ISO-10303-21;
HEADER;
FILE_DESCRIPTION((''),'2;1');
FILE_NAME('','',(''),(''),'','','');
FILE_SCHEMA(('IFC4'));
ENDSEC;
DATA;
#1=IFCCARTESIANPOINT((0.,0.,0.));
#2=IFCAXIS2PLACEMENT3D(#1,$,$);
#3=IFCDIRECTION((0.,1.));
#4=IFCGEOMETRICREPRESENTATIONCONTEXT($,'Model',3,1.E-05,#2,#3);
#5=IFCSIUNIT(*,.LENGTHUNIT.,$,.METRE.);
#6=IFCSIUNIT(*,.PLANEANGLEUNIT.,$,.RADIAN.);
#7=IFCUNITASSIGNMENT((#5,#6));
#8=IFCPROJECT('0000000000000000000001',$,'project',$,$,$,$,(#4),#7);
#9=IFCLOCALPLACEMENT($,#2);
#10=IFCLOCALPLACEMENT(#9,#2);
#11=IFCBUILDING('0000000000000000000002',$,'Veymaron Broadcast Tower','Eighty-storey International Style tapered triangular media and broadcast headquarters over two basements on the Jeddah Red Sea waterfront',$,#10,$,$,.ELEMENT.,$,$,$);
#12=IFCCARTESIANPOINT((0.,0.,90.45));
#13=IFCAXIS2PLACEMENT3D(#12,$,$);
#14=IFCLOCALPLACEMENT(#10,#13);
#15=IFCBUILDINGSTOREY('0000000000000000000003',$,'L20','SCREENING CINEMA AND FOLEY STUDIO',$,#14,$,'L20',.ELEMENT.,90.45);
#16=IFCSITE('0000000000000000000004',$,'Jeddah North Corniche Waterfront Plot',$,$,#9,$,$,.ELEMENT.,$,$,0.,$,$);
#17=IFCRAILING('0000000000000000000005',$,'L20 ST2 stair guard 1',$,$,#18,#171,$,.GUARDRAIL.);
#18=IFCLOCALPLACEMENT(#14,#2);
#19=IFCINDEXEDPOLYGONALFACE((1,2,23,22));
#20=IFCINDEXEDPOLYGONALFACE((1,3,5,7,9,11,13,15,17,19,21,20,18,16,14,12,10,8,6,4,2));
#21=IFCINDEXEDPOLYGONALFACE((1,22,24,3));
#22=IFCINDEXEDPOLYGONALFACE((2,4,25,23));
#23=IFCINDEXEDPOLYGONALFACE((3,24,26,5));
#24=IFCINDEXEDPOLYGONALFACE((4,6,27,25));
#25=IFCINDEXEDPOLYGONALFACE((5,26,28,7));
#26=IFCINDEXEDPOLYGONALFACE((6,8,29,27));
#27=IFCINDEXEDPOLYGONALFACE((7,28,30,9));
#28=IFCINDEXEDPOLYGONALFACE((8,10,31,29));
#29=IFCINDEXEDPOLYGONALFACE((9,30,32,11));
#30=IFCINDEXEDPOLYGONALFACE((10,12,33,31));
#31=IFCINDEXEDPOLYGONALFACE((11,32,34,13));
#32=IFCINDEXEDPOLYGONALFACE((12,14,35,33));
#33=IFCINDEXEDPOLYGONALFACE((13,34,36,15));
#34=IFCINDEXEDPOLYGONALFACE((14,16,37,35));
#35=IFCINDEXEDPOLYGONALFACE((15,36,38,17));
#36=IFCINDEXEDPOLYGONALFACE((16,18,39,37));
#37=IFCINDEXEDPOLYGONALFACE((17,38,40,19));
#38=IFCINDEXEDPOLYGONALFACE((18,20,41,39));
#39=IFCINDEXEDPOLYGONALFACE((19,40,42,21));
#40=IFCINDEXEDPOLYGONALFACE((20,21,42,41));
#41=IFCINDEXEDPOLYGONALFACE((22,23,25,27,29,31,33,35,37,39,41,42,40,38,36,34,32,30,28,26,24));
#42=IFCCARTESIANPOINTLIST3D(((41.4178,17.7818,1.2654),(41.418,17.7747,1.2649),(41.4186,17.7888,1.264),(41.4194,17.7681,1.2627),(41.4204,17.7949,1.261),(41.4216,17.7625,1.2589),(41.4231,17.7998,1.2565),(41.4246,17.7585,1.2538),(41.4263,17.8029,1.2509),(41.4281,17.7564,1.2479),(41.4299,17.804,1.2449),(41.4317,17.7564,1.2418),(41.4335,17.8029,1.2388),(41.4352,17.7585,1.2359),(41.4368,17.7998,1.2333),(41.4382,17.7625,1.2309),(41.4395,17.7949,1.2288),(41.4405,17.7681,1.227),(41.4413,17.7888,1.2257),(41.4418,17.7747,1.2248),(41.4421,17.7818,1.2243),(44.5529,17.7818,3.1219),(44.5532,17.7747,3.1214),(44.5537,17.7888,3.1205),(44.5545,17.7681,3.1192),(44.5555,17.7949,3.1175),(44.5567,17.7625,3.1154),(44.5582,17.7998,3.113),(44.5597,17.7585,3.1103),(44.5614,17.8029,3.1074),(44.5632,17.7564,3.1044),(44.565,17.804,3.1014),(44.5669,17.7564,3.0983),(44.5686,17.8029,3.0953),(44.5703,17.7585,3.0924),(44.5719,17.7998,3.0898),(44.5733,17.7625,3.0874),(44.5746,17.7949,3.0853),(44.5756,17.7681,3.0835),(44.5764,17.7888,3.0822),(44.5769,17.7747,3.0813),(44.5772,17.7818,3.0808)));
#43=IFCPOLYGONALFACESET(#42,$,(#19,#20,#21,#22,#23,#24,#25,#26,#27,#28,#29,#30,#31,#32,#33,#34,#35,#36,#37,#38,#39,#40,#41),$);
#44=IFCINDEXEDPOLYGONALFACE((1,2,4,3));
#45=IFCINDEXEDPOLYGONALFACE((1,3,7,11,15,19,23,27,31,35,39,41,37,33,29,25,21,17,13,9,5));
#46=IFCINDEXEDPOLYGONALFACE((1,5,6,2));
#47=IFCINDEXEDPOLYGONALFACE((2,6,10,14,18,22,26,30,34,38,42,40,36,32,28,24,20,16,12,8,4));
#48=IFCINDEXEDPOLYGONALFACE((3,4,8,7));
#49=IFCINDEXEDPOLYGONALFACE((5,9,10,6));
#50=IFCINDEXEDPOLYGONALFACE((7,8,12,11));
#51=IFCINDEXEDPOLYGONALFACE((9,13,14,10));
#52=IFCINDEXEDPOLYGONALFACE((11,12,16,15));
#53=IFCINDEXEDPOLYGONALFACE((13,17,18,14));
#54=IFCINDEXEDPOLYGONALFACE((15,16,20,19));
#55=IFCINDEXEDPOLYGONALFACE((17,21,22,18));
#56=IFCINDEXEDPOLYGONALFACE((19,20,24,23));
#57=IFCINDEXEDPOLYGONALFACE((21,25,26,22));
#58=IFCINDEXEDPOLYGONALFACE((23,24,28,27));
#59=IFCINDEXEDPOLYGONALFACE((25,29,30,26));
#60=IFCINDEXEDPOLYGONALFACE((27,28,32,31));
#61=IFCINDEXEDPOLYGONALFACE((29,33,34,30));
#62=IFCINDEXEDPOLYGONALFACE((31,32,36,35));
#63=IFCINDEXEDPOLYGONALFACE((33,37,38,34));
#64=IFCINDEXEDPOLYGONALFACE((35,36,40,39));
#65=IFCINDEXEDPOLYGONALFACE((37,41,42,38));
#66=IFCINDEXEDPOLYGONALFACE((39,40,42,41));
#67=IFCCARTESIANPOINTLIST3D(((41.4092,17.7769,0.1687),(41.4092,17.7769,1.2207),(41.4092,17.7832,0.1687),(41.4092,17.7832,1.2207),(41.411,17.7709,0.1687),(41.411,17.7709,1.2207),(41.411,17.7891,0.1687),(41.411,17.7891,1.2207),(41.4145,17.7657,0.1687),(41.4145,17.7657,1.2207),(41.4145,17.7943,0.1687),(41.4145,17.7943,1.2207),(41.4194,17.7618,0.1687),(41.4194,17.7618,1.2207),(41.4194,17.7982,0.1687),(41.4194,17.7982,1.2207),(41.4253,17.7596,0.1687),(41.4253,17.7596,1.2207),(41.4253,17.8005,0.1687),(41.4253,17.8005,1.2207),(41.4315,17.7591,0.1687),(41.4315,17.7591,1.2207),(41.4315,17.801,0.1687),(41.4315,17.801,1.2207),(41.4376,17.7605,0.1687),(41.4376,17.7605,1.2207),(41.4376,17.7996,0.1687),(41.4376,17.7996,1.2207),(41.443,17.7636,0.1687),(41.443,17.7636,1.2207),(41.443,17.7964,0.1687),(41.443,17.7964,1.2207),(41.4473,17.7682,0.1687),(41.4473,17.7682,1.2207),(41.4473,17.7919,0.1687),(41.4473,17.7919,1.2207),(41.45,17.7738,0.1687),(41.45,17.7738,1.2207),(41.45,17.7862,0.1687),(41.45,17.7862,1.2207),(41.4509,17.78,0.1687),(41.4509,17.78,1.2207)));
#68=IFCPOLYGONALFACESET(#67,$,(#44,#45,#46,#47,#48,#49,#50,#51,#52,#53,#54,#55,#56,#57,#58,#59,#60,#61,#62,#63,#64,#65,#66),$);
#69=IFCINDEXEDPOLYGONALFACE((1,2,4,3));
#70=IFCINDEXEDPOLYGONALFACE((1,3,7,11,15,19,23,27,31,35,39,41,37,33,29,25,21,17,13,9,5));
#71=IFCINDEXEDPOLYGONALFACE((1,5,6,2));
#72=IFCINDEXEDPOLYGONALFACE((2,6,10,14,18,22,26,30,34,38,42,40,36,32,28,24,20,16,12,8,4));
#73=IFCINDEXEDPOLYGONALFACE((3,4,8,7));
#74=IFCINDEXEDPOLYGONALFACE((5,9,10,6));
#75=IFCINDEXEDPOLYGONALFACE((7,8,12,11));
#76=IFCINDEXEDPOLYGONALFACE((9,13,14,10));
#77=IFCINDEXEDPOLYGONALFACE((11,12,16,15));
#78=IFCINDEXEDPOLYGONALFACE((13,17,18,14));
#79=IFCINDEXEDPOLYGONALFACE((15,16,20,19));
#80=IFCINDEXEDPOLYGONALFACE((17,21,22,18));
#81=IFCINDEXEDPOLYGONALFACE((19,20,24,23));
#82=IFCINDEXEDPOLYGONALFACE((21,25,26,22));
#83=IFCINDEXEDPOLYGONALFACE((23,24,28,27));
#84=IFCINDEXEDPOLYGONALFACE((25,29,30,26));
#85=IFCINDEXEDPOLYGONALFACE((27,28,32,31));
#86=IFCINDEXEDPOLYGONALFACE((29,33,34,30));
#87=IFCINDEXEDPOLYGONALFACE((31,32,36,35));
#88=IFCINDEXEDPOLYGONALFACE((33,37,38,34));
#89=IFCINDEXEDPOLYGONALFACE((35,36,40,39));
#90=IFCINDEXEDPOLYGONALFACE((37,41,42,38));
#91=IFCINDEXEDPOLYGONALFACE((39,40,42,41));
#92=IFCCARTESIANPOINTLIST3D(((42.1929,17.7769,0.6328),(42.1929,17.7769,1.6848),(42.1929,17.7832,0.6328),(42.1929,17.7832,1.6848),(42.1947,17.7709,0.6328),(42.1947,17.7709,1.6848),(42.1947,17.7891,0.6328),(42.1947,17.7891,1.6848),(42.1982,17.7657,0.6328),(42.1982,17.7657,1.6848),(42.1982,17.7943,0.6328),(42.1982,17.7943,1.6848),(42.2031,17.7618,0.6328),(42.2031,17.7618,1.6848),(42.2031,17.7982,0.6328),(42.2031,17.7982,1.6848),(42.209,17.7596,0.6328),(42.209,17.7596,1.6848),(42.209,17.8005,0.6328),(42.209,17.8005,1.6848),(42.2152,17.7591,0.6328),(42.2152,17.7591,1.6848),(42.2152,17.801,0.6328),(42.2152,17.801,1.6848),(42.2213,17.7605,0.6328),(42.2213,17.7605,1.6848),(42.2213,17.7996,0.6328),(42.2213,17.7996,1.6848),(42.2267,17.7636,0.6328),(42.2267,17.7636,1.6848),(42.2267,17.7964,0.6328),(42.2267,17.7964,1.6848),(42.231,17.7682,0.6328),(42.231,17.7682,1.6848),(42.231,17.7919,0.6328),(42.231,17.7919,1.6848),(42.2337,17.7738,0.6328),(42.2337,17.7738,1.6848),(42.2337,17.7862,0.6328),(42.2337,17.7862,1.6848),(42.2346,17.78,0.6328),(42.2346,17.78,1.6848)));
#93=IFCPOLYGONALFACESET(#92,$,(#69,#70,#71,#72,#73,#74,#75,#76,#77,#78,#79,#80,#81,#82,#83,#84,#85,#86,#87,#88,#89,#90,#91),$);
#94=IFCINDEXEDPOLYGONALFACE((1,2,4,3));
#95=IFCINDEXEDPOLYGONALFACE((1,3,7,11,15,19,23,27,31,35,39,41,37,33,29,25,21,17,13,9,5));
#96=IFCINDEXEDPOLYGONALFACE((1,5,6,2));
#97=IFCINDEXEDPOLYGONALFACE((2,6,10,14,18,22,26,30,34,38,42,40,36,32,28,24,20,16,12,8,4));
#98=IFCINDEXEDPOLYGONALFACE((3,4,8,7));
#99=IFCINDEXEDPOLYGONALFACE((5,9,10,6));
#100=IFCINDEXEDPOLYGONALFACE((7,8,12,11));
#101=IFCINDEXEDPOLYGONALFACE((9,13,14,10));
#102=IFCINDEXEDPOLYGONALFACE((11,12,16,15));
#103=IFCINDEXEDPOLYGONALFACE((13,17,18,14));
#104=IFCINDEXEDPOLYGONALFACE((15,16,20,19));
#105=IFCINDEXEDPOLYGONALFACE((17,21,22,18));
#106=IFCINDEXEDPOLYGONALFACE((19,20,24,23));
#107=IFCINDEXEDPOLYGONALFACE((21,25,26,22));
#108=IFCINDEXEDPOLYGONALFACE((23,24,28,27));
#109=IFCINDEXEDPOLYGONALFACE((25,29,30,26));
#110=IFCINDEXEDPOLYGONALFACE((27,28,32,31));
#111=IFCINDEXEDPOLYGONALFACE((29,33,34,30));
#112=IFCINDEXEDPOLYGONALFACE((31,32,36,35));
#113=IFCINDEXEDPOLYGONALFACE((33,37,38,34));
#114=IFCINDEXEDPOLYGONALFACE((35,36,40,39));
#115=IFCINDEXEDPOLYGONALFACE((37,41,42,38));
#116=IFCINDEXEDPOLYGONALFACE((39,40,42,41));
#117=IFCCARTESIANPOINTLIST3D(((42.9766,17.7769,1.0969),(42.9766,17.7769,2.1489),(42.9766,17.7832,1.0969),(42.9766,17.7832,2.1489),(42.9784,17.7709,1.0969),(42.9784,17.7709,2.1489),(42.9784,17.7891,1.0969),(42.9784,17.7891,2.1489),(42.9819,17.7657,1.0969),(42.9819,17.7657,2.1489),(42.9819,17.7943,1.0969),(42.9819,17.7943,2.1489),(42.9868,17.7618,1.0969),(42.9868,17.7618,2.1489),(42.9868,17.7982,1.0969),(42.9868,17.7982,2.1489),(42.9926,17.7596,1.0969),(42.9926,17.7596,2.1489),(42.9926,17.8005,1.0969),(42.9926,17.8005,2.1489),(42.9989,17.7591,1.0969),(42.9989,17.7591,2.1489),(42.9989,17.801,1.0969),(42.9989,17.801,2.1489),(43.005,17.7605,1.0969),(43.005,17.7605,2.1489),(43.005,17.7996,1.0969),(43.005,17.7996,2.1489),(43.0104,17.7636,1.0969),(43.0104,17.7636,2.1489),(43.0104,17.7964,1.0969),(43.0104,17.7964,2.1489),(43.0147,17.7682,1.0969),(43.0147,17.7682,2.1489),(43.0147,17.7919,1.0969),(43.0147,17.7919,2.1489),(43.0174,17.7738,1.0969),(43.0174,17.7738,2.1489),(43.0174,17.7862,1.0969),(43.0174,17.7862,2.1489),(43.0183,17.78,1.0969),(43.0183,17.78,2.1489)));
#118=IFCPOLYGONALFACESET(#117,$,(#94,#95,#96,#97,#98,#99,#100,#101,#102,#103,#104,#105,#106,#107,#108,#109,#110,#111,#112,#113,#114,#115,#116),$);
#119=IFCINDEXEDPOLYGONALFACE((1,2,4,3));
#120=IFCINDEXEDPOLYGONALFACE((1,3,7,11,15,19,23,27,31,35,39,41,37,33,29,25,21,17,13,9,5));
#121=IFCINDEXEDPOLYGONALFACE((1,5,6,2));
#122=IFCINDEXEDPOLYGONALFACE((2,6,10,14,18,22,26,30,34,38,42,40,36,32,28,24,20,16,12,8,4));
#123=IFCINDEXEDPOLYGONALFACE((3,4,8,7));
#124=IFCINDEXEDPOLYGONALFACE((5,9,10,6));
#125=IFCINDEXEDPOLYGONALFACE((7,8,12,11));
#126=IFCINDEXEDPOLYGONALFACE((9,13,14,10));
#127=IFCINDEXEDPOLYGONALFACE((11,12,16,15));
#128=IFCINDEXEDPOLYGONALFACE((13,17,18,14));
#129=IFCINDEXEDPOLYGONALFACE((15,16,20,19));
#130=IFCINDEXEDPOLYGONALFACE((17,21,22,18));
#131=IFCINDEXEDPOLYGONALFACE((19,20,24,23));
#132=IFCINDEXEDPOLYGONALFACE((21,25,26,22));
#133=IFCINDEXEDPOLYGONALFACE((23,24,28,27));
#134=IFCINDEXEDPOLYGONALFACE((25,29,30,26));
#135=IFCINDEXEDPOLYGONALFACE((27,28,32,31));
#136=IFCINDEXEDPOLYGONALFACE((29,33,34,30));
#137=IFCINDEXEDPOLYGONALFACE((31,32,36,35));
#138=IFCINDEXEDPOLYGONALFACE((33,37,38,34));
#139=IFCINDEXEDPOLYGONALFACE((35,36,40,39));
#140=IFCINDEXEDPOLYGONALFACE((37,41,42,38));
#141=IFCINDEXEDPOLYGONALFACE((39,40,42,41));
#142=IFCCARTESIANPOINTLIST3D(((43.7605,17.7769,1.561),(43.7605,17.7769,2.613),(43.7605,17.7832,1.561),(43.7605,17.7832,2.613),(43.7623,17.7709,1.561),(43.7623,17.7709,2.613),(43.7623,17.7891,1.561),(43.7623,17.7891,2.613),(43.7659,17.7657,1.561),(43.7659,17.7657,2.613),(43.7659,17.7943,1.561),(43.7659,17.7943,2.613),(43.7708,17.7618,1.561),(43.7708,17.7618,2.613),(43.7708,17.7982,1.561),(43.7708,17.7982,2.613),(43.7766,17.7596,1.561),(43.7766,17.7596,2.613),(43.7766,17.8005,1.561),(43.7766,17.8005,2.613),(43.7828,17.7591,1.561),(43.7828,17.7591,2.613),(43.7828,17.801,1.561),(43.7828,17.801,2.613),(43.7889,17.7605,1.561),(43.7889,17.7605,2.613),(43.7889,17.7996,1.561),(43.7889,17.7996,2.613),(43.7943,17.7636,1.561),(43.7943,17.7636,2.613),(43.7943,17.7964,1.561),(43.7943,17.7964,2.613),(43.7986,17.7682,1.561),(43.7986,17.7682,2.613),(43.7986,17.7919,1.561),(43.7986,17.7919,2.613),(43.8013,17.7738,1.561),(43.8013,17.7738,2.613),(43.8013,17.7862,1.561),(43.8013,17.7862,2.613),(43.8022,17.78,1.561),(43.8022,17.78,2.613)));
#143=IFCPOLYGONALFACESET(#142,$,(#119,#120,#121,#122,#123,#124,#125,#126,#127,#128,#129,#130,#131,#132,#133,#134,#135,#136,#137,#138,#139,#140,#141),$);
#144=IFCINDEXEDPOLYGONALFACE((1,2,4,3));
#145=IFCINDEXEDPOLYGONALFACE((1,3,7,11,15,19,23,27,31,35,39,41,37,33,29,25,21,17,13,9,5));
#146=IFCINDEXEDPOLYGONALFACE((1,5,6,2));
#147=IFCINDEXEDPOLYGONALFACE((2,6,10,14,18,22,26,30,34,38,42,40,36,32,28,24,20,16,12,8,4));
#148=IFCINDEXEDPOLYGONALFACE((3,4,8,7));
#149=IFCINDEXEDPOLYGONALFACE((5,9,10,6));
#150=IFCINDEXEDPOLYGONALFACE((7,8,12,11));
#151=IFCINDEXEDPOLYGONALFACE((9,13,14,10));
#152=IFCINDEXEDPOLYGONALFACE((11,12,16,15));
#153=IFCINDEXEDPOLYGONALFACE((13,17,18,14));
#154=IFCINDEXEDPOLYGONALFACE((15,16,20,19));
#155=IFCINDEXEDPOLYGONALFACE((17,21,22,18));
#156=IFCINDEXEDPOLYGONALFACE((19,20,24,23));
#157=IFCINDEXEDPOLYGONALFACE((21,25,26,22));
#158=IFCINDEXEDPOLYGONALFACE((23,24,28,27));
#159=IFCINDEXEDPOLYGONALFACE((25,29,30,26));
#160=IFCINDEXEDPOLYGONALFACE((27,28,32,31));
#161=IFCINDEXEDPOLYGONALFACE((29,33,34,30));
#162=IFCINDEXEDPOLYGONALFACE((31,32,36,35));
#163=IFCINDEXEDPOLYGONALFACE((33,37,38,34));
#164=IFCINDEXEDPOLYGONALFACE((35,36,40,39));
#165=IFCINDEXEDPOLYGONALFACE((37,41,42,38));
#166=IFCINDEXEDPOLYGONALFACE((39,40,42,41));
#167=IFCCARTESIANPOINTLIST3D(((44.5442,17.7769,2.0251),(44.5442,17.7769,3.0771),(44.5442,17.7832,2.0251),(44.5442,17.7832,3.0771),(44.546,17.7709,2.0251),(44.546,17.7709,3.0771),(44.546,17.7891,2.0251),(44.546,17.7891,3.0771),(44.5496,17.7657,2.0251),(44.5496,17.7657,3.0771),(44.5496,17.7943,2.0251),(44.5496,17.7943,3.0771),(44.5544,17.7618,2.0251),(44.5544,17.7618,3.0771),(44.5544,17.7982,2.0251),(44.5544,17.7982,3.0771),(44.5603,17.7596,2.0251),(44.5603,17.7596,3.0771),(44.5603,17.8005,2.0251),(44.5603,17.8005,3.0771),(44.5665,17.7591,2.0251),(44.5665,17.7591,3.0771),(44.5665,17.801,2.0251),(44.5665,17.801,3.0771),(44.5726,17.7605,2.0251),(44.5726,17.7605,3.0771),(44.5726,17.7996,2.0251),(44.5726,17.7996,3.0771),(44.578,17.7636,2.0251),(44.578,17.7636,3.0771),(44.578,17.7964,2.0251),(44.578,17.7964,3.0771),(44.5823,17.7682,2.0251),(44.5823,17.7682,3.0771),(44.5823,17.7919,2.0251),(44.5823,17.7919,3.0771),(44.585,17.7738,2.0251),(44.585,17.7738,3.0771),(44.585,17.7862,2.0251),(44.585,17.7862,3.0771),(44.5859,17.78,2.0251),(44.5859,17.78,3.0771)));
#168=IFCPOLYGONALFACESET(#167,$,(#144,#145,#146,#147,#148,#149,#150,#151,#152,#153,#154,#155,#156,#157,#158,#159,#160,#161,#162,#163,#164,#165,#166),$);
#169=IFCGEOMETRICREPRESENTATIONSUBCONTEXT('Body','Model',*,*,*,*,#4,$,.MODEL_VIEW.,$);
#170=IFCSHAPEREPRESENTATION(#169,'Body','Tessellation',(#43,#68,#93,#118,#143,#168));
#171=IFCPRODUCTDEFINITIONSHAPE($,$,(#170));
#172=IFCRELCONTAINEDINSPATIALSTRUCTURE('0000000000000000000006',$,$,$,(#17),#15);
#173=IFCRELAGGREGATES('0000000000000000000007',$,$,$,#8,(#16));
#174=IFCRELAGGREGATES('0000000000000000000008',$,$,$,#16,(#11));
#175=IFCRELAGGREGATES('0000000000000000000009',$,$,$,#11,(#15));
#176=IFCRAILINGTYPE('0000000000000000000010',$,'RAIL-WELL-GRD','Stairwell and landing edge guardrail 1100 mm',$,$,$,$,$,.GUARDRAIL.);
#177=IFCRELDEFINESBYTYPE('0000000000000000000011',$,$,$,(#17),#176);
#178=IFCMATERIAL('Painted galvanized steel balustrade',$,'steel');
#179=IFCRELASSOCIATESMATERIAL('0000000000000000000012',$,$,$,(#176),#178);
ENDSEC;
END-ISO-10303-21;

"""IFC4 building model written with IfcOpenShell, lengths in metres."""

from ifc_helpers import new_model, si_unit, direction, frame, origin, origin_2d, place, context, subcontext, project, spatial, circle, extrude, material, type_object, element, save


model = new_model("IFC4")

# Units and contexts
model_context = context("Model", 3, precision=1e-05, world=origin(), true_north=direction((0.0, 1.0)))
body_context = subcontext(model_context, "Body", "Model", "MODEL_VIEW")
ifc_project = project(units=[si_unit("LENGTHUNIT", "METRE"), si_unit("PLANEANGLEUNIT", "RADIAN")], contexts=[model_context])

# Site, building, storey
site_placement = place(None, origin())
site = spatial("IfcSite", under=ifc_project, at=site_placement, Name="Jeddah North Corniche Waterfront Plot", CompositionType="ELEMENT", RefElevation=0.0)
building_placement = place(site_placement, origin())
building = spatial("IfcBuilding", under=site, at=building_placement, Name="Veymaron Broadcast Tower", Description="Eighty-storey International Style tapered triangular media and broadcast headquarters over two basements on the Jeddah Red Sea waterfront", CompositionType="ELEMENT")
storey_placement = place(building_placement, frame((0.0, 0.0, 90.45)))
storey = spatial("IfcBuildingStorey", under=building, at=storey_placement, Name="L20", Description="SCREENING CINEMA AND FOLEY STUDIO", LongName="L20", CompositionType="ELEMENT", Elevation=90.45)

# Railing
ifc_material_1 = material(Name="Painted galvanized steel balustrade", Category="steel")
railing_type_1 = type_object("IfcRailingType", Name="RAIL-WELL-GRD", Description="Stairwell and landing edge guardrail 1100 mm", PredefinedType="GUARDRAIL", material=ifc_material_1)
railing_1_placement = place(storey_placement, frame((41.4299, 17.78, 0.1687)))
element("IfcRailing", 1, at=railing_1_placement, inside=storey, type_object=railing_type_1, Name="L20 ST2 stair guard 1", PredefinedType="GUARDRAIL", context=body_context, shape_type="SweptSolid", body=[
    extrude(circle(Radius=0.0239, at=origin_2d()), frame((0.0, 0.0, 1.0762), z_axis=(0.860453, 0.0, 0.509531), x_axis=(0.0, 1.0, 0.0)), (0.0, 0.0, 1.0), 3.6436),
    extrude(circle(Radius=0.021, at=origin_2d()), origin(), (0.0, 0.0, 1.0), 1.052),
    extrude(circle(Radius=0.021, at=origin_2d()), frame((0.7837, 0.0, 0.4641)), (0.0, 0.0, 1.0), 1.052),
    extrude(circle(Radius=0.021, at=origin_2d()), frame((1.5674, 0.0, 0.9282)), (0.0, 0.0, 1.0), 1.052),
    extrude(circle(Radius=0.021, at=origin_2d()), frame((2.3513, 0.0, 1.3923)), (0.0, 0.0, 1.0), 1.052),
    extrude(circle(Radius=0.021, at=origin_2d()), frame((3.135, 0.0, 1.8564)), (0.0, 0.0, 1.0), 1.052),
])

save(model, "model.ifc")
